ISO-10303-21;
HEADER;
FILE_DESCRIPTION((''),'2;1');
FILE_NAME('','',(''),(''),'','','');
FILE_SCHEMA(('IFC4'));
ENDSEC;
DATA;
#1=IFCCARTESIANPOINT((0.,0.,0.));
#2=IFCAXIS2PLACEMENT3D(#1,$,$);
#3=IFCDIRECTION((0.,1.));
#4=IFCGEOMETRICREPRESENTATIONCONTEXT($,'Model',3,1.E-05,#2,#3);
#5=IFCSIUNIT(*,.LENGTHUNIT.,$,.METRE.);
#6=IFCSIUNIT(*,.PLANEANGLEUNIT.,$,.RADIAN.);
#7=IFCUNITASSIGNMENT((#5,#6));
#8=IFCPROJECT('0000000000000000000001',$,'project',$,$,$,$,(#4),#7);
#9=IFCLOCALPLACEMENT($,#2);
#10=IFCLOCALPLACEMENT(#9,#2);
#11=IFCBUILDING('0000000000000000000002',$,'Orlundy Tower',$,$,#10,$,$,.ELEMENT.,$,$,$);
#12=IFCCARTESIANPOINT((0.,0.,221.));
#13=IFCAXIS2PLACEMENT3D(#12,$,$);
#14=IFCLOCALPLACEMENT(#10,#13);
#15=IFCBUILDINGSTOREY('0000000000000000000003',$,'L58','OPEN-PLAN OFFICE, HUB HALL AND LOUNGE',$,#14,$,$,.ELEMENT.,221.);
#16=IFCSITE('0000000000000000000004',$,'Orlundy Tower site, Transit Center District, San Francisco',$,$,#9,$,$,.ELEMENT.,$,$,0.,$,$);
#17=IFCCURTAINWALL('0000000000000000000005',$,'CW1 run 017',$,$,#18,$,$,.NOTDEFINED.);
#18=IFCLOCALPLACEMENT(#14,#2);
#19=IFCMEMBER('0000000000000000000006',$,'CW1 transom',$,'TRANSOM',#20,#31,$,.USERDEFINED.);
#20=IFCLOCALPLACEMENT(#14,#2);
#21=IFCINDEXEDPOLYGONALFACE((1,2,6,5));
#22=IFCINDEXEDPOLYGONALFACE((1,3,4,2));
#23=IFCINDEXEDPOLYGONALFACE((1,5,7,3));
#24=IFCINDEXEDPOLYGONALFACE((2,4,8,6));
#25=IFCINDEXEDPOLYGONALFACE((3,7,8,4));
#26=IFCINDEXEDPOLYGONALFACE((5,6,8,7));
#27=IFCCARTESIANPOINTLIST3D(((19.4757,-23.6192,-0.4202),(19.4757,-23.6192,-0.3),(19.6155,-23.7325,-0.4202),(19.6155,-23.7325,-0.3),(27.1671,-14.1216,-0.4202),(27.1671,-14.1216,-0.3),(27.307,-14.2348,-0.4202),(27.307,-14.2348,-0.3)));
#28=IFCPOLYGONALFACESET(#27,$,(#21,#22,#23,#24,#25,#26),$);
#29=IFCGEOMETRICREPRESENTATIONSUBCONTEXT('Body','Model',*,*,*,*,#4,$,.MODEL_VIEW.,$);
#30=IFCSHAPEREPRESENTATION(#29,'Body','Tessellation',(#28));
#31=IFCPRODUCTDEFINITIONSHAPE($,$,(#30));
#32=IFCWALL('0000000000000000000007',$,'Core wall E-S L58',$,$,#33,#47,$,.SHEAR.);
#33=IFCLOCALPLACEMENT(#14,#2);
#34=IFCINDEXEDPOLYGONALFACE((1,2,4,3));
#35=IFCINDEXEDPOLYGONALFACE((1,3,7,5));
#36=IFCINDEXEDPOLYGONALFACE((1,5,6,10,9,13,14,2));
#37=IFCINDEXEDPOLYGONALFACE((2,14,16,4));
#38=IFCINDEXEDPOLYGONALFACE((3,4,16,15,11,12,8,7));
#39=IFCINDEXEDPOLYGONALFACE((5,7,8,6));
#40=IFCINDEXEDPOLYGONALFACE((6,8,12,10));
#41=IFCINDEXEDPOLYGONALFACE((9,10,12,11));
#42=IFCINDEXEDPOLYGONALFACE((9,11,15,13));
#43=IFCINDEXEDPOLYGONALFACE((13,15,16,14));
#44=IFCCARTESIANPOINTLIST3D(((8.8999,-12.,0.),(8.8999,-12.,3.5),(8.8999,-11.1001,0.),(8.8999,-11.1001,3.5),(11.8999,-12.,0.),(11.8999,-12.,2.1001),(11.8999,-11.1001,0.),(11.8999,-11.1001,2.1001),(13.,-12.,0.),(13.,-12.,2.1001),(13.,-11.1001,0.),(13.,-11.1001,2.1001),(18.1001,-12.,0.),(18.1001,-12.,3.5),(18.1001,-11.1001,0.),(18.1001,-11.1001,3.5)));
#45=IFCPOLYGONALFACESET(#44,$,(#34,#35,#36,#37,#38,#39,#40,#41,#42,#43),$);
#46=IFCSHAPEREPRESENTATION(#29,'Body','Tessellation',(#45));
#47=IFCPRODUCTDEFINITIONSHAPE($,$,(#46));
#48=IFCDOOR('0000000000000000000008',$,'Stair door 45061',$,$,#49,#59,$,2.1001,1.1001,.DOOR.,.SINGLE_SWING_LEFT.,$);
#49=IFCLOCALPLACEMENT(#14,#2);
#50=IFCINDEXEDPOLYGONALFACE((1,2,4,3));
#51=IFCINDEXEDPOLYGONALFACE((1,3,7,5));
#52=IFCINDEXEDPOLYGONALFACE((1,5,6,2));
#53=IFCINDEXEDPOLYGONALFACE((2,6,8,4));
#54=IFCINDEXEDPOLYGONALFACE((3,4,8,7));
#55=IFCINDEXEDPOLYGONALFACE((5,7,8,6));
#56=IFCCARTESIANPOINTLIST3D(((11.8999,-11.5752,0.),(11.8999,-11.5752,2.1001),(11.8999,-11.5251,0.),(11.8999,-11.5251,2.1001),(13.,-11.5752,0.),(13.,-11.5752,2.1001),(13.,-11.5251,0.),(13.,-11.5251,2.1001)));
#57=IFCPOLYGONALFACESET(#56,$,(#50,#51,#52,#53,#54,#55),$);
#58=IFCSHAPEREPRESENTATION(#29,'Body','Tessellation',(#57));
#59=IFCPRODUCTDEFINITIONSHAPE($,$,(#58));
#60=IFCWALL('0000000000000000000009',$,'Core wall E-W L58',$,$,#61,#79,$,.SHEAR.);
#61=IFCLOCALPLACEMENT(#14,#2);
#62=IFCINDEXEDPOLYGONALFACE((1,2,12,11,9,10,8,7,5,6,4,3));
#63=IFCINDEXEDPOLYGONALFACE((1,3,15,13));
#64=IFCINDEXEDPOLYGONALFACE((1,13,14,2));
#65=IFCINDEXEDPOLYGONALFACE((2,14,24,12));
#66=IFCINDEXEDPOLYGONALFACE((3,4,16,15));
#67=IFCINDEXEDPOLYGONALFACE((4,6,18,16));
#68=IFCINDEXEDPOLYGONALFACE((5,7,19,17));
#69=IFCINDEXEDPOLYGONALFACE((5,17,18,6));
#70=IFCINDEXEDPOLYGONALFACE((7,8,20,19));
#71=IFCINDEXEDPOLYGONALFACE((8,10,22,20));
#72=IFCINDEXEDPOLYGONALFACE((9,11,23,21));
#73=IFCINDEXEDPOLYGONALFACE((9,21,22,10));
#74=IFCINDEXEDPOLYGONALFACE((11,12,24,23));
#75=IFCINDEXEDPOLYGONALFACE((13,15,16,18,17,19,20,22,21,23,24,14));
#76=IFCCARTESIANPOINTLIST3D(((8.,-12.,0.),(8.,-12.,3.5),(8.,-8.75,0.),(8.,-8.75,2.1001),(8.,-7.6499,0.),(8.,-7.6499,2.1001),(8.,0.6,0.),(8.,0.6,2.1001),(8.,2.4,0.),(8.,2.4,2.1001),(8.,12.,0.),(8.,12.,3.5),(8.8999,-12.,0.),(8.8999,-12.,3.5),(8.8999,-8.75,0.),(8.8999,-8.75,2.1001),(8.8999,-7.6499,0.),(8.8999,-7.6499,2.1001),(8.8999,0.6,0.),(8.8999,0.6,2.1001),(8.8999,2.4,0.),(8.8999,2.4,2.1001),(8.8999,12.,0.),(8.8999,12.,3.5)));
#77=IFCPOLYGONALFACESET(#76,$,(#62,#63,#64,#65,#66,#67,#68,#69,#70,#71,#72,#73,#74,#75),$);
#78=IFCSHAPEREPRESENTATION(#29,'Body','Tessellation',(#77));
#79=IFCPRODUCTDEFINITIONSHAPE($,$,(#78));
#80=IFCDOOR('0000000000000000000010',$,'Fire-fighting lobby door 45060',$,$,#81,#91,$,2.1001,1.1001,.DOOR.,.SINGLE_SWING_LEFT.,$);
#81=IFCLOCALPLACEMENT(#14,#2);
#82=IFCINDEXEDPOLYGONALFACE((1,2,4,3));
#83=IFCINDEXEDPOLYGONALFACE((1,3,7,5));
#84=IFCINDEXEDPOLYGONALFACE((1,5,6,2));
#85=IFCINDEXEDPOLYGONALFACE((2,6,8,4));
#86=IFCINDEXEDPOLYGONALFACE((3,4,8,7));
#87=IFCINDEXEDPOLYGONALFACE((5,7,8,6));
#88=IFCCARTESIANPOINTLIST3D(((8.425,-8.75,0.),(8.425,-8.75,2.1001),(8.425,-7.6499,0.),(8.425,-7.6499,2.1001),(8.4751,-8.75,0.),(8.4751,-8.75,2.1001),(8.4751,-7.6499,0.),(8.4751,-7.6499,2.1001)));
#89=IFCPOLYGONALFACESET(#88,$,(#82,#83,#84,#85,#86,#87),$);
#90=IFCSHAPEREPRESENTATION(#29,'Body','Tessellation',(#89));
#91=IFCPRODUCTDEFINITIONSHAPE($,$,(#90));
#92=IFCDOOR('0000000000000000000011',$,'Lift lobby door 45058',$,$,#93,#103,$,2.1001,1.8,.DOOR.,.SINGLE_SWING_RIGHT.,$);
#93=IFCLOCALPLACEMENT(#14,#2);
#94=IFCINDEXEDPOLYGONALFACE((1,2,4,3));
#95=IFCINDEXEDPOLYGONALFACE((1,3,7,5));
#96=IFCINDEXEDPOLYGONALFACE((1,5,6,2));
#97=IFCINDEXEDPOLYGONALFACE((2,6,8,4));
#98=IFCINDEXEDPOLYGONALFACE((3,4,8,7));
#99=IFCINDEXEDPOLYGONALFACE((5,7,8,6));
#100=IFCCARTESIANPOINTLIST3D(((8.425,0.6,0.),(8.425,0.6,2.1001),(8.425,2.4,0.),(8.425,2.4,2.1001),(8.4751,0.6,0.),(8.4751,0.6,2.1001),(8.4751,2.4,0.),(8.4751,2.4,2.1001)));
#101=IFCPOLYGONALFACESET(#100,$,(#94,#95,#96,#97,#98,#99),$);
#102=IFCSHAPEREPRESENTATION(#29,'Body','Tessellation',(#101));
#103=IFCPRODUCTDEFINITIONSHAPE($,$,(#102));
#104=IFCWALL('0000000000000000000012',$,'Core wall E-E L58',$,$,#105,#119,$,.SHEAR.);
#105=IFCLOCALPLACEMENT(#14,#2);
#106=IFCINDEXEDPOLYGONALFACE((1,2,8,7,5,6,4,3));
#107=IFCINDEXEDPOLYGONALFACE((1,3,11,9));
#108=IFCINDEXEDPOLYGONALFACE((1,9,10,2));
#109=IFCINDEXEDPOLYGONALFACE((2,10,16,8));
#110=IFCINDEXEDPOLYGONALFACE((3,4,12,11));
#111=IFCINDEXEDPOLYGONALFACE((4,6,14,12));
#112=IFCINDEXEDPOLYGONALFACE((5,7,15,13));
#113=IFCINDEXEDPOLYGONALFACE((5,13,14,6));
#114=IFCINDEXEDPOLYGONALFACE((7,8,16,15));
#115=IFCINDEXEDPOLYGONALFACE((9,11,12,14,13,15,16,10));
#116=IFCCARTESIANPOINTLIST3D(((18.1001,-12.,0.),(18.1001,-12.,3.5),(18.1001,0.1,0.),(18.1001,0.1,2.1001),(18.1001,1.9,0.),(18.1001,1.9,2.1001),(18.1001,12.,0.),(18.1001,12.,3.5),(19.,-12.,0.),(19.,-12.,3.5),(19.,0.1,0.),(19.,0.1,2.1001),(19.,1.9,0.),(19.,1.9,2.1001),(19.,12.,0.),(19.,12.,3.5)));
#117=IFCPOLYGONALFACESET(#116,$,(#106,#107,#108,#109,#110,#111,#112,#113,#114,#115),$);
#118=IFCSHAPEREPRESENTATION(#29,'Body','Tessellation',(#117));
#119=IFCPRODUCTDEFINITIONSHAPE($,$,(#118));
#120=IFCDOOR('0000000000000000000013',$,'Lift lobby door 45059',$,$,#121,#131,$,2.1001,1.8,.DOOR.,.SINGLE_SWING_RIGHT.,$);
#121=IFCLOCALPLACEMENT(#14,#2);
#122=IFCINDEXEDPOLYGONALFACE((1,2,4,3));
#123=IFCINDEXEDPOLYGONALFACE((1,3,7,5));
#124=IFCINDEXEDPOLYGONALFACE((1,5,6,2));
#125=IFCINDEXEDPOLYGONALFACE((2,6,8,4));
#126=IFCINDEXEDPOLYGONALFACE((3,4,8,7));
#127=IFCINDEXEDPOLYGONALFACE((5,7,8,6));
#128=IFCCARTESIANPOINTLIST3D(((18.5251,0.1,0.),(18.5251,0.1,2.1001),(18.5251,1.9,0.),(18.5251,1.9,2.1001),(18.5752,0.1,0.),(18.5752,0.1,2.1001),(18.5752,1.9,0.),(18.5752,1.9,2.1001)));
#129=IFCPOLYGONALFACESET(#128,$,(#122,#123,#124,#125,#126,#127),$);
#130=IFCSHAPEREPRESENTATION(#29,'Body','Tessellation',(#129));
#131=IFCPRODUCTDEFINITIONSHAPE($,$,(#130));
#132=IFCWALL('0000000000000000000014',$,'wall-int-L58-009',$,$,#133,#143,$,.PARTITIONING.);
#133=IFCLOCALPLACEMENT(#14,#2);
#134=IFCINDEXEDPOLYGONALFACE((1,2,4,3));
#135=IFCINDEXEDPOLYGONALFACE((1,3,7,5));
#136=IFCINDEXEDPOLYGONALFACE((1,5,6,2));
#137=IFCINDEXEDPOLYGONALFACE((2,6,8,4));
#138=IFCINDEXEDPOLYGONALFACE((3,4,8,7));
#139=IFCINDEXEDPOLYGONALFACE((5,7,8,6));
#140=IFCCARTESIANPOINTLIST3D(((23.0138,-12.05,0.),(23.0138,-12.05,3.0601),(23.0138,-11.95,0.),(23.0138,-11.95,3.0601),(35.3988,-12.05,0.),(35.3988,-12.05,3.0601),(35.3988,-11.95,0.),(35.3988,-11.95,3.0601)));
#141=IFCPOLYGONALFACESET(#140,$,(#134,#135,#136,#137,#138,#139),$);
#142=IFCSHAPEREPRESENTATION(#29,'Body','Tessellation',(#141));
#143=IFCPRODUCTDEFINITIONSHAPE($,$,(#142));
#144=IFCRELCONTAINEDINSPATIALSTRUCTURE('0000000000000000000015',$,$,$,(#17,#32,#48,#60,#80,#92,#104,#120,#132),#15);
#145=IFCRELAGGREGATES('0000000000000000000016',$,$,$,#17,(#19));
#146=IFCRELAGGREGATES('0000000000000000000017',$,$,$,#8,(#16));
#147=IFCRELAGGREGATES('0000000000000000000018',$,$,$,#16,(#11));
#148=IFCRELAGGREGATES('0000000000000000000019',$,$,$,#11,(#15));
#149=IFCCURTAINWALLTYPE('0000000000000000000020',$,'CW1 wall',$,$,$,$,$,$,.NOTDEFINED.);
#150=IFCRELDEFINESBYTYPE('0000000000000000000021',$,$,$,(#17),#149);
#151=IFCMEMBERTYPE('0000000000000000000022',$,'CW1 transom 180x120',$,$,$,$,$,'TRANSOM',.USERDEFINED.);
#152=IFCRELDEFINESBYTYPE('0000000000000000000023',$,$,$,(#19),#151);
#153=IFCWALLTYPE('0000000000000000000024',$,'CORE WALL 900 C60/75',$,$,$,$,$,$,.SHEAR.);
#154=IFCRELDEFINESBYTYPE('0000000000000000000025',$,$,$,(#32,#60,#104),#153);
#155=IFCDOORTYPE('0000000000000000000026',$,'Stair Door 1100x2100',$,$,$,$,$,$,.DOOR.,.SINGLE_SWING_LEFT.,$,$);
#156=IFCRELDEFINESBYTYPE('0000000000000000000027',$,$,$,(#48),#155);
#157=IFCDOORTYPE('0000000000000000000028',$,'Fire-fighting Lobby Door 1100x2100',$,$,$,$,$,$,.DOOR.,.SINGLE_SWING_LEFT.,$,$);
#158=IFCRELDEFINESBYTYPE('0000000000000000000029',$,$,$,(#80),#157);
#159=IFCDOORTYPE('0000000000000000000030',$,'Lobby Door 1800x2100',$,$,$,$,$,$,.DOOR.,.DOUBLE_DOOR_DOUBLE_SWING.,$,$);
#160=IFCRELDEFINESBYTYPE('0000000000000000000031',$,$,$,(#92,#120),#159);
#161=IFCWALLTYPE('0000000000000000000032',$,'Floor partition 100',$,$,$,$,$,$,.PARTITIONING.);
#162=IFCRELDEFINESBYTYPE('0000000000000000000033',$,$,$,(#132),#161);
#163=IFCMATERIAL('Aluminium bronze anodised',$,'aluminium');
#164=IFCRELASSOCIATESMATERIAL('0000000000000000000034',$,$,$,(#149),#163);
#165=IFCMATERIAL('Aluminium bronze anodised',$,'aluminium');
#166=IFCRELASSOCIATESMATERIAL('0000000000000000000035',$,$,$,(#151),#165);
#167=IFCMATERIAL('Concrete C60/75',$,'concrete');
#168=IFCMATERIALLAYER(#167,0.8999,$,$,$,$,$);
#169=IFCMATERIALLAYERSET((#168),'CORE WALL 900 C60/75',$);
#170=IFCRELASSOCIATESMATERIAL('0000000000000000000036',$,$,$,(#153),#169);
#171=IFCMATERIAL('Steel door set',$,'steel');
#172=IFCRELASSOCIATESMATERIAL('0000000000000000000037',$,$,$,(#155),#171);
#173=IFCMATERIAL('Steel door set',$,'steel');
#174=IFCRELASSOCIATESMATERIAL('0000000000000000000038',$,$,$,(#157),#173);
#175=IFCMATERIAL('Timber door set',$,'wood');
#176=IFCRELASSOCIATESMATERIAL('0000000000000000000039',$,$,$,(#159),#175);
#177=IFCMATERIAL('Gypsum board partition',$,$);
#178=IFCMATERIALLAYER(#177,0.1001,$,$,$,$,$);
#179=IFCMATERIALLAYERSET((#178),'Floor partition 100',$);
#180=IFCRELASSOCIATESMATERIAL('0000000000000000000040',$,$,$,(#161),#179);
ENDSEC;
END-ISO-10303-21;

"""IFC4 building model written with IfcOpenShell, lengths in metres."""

from ifc_helpers import new_model, si_unit, direction, frame, frame_2d, origin, origin_2d, place, context, subcontext, project, spatial, rectangle, extrude, material, layer, layer_set, material_profile, profile_set, type_object, element, fill, aggregate, save


model = new_model("IFC4")

# Units and contexts
model_context = context("Model", 3, precision=1e-05, world=origin(), true_north=direction((0.0, 1.0)))
body_context = subcontext(model_context, "Body", "Model", "MODEL_VIEW")
ifc_project = project(units=[si_unit("LENGTHUNIT", "METRE"), si_unit("PLANEANGLEUNIT", "RADIAN")], contexts=[model_context])

# Site, building, storey
site_placement = place(None, origin())
site = spatial("IfcSite", under=ifc_project, at=site_placement, Name="Orlundy Tower site, Transit Center District, San Francisco", CompositionType="ELEMENT", RefElevation=0.0)
building_placement = place(site_placement, origin())
building = spatial("IfcBuilding", under=site, at=building_placement, Name="Orlundy Tower", CompositionType="ELEMENT")
storey_placement = place(building_placement, frame((0.0, 0.0, 221.0)))
storey = spatial("IfcBuildingStorey", under=building, at=storey_placement, Name="L58", Description="OPEN-PLAN OFFICE, HUB HALL AND LOUNGE", CompositionType="ELEMENT", Elevation=221.0)

# Curtain wall, member
ifc_material_1 = material(Name="Aluminium bronze anodised", Category="aluminium")
curtain_wall_type = type_object("IfcCurtainWallType", Name="CW1 wall", PredefinedType="NOTDEFINED", material=ifc_material_1)
curtain_wall_placement = place(storey_placement, origin())
curtain_wall = element("IfcCurtainWall", 1, at=curtain_wall_placement, inside=storey, type_object=curtain_wall_type, Name="CW1 run 017", PredefinedType="NOTDEFINED")
ifc_material_2 = material(Name="Aluminium bronze anodised", Category="aluminium")
ifc_material_profile = material_profile(ifc_material_2, rectangle(XDim=0.1799, YDim=0.1201, at=origin_2d()), Name="CW1 transom 180x120")
ifc_profile_set = profile_set([ifc_material_profile], Name="Aluminium bronze anodised")
member_type = type_object("IfcMemberType", Name="CW1 transom 180x120", ElementType="TRANSOM", PredefinedType="USERDEFINED", material=ifc_profile_set)
member_placement = place(storey_placement, frame((27.2371, -14.1782, -0.3601), z_axis=(-0.629342, -0.777129, 0.0), x_axis=(0.777129, -0.629342, 0.0)))
member = element("IfcMember", 2, at=member_placement, type_object=member_type, Name="CW1 transom", ObjectType="TRANSOM", PredefinedType="USERDEFINED", context=body_context, shape_type="SweptSolid", body=[
    extrude(rectangle(XDim=0.1799, YDim=0.1201, at=origin_2d()), origin(), (0.0, 0.0, 1.0), 12.2214),
])
aggregate(curtain_wall, [member])

# Wall, opening, door
ifc_material_3 = material(Name="Concrete C60/75", Category="concrete")
ifc_layer_1 = layer(ifc_material_3, 0.8999)
ifc_layer_set_1 = layer_set([ifc_layer_1], Name="CORE WALL 900 C60/75")
wall_type_1 = type_object("IfcWallType", Name="CORE WALL 900 C60/75", PredefinedType="SHEAR", material=ifc_layer_set_1)
wall_1_placement = place(storey_placement, frame((8.8999, -11.55, 0.0), z_axis=(0.0, 0.0, 1.0), x_axis=(1.0, 0.0, 0.0)))
wall_1 = element("IfcWall", 3, at=wall_1_placement, inside=storey, type_object=wall_type_1, Name="Core wall E-S L58", PredefinedType="SHEAR", context=body_context, shape_type="SweptSolid", body=[
    extrude(rectangle(XDim=9.2002, YDim=0.8999, at=frame_2d((4.6001, 0.0))), origin(), (0.0, 0.0, 1.0), 3.5),
])
opening_1_placement = place(wall_1_placement, frame((3.0, 0.0, 0.0)))
opening_1 = element("IfcOpeningElement", 4, at=opening_1_placement, cuts=wall_1, PredefinedType="OPENING", context=body_context, shape_type="SweptSolid", body=[
    extrude(rectangle(XDim=1.1001, YDim=2.1001, at=frame_2d((0.55, 1.05))), frame((0.0, 0.46, 0.0), z_axis=(0.0, -1.0, 0.0), x_axis=(1.0, 0.0, 0.0)), (0.0, 0.0, 1.0), 0.9199),
])
ifc_material_4 = material(Name="Steel door set", Category="steel")
door_type_1 = type_object("IfcDoorType", Name="Stair Door 1100x2100", OperationType="SINGLE_SWING_LEFT", PredefinedType="DOOR", material=ifc_material_4)
door_1_placement = place(opening_1_placement, origin())
door_1 = element("IfcDoor", 5, at=door_1_placement, inside=storey, type_object=door_type_1, Name="Stair door 45061", OperationType="SINGLE_SWING_LEFT", OverallHeight=2.1001, OverallWidth=1.1001, PredefinedType="DOOR", context=body_context, shape_type="SweptSolid", body=[
    extrude(rectangle(XDim=1.1001, YDim=2.1001, at=frame_2d((0.55, 1.05))), frame((0.0, 0.0249, 0.0), z_axis=(0.0, -1.0, 0.0), x_axis=(1.0, 0.0, 0.0)), (0.0, 0.0, 1.0), 0.05),
])
fill(opening_1, door_1)

# Wall, openings, doors
wall_2_placement = place(storey_placement, frame((8.45, -12.0, 0.0), z_axis=(0.0, 0.0, 1.0), x_axis=(0.0, 1.0, 0.0)))
wall_2 = element("IfcWall", 6, at=wall_2_placement, inside=storey, type_object=wall_type_1, Name="Core wall E-W L58", PredefinedType="SHEAR", context=body_context, shape_type="SweptSolid", body=[
    extrude(rectangle(XDim=24.0, YDim=0.8999, at=frame_2d((12.0, 0.0))), origin(), (0.0, 0.0, 1.0), 3.5),
])
opening_2_placement = place(wall_2_placement, frame((12.6001, 0.0, 0.0)))
opening_2 = element("IfcOpeningElement", 7, at=opening_2_placement, cuts=wall_2, PredefinedType="OPENING", context=body_context, shape_type="SweptSolid", body=[
    extrude(rectangle(XDim=1.8, YDim=2.1001, at=frame_2d((0.8999, 1.05))), frame((0.0, 0.46, 0.0), z_axis=(0.0, -1.0, 0.0), x_axis=(1.0, 0.0, 0.0)), (0.0, 0.0, 1.0), 0.9199),
])
opening_3_placement = place(wall_2_placement, frame((3.25, 0.0, 0.0)))
opening_3 = element("IfcOpeningElement", 8, at=opening_3_placement, cuts=wall_2, PredefinedType="OPENING", context=body_context, shape_type="SweptSolid", body=[
    extrude(rectangle(XDim=1.1001, YDim=2.1001, at=frame_2d((0.55, 1.05))), frame((0.0, 0.46, 0.0), z_axis=(0.0, -1.0, 0.0), x_axis=(1.0, 0.0, 0.0)), (0.0, 0.0, 1.0), 0.9199),
])
ifc_material_5 = material(Name="Steel door set", Category="steel")
door_type_2 = type_object("IfcDoorType", Name="Fire-fighting Lobby Door 1100x2100", OperationType="SINGLE_SWING_LEFT", PredefinedType="DOOR", material=ifc_material_5)
door_2_placement = place(opening_3_placement, origin())
door_2 = element("IfcDoor", 9, at=door_2_placement, inside=storey, type_object=door_type_2, Name="Fire-fighting lobby door 45060", OperationType="SINGLE_SWING_LEFT", OverallHeight=2.1001, OverallWidth=1.1001, PredefinedType="DOOR", context=body_context, shape_type="SweptSolid", body=[
    extrude(rectangle(XDim=1.1001, YDim=2.1001, at=frame_2d((0.55, 1.05))), frame((0.0, 0.0249, 0.0), z_axis=(0.0, -1.0, 0.0), x_axis=(1.0, 0.0, 0.0)), (0.0, 0.0, 1.0), 0.05),
])
fill(opening_3, door_2)
ifc_material_6 = material(Name="Timber door set", Category="wood")
door_type_3 = type_object("IfcDoorType", Name="Lobby Door 1800x2100", OperationType="DOUBLE_DOOR_DOUBLE_SWING", PredefinedType="DOOR", material=ifc_material_6)
door_3_placement = place(opening_2_placement, origin())
door_3 = element("IfcDoor", 10, at=door_3_placement, inside=storey, type_object=door_type_3, Name="Lift lobby door 45058", OperationType="SINGLE_SWING_RIGHT", OverallHeight=2.1001, OverallWidth=1.8, PredefinedType="DOOR", context=body_context, shape_type="SweptSolid", body=[
    extrude(rectangle(XDim=1.8, YDim=2.1001, at=frame_2d((0.8999, 1.05))), frame((0.0, 0.0249, 0.0), z_axis=(0.0, -1.0, 0.0), x_axis=(1.0, 0.0, 0.0)), (0.0, 0.0, 1.0), 0.05),
])
fill(opening_2, door_3)

# Wall, opening, door
wall_3_placement = place(storey_placement, frame((18.55, -12.0, 0.0), z_axis=(0.0, 0.0, 1.0), x_axis=(0.0, 1.0, 0.0)))
wall_3 = element("IfcWall", 11, at=wall_3_placement, inside=storey, type_object=wall_type_1, Name="Core wall E-E L58", PredefinedType="SHEAR", context=body_context, shape_type="SweptSolid", body=[
    extrude(rectangle(XDim=24.0, YDim=0.8999, at=frame_2d((12.0, 0.0))), origin(), (0.0, 0.0, 1.0), 3.5),
])
opening_4_placement = place(wall_3_placement, frame((12.1001, 0.0, 0.0)))
opening_4 = element("IfcOpeningElement", 12, at=opening_4_placement, cuts=wall_3, PredefinedType="OPENING", context=body_context, shape_type="SweptSolid", body=[
    extrude(rectangle(XDim=1.8, YDim=2.1001, at=frame_2d((0.8999, 1.05))), frame((0.0, 0.46, 0.0), z_axis=(0.0, -1.0, 0.0), x_axis=(1.0, 0.0, 0.0)), (0.0, 0.0, 1.0), 0.9199),
])
door_4_placement = place(opening_4_placement, origin())
door_4 = element("IfcDoor", 13, at=door_4_placement, inside=storey, type_object=door_type_3, Name="Lift lobby door 45059", OperationType="SINGLE_SWING_RIGHT", OverallHeight=2.1001, OverallWidth=1.8, PredefinedType="DOOR", context=body_context, shape_type="SweptSolid", body=[
    extrude(rectangle(XDim=1.8, YDim=2.1001, at=frame_2d((0.8999, 1.05))), frame((0.0, 0.0249, 0.0), z_axis=(0.0, -1.0, 0.0), x_axis=(1.0, 0.0, 0.0)), (0.0, 0.0, 1.0), 0.05),
])
fill(opening_4, door_4)

# Wall
ifc_material_7 = material(Name="Gypsum board partition")
ifc_layer_2 = layer(ifc_material_7, 0.1001)
ifc_layer_set_2 = layer_set([ifc_layer_2], Name="Floor partition 100")
wall_type_2 = type_object("IfcWallType", Name="Floor partition 100", PredefinedType="PARTITIONING", material=ifc_layer_set_2)
wall_4_placement = place(storey_placement, frame((23.0139, -12.0, 0.0), z_axis=(0.0, 0.0, 1.0), x_axis=(1.0, 0.0, 0.0)))
element("IfcWall", 14, at=wall_4_placement, inside=storey, type_object=wall_type_2, Name="wall-int-L58-009", PredefinedType="PARTITIONING", context=body_context, shape_type="SweptSolid", body=[
    extrude(rectangle(XDim=12.385, YDim=0.1001, at=frame_2d((6.1924, 0.0))), origin(), (0.0, 0.0, 1.0), 3.0601),
])

save(model, "model.ifc")
